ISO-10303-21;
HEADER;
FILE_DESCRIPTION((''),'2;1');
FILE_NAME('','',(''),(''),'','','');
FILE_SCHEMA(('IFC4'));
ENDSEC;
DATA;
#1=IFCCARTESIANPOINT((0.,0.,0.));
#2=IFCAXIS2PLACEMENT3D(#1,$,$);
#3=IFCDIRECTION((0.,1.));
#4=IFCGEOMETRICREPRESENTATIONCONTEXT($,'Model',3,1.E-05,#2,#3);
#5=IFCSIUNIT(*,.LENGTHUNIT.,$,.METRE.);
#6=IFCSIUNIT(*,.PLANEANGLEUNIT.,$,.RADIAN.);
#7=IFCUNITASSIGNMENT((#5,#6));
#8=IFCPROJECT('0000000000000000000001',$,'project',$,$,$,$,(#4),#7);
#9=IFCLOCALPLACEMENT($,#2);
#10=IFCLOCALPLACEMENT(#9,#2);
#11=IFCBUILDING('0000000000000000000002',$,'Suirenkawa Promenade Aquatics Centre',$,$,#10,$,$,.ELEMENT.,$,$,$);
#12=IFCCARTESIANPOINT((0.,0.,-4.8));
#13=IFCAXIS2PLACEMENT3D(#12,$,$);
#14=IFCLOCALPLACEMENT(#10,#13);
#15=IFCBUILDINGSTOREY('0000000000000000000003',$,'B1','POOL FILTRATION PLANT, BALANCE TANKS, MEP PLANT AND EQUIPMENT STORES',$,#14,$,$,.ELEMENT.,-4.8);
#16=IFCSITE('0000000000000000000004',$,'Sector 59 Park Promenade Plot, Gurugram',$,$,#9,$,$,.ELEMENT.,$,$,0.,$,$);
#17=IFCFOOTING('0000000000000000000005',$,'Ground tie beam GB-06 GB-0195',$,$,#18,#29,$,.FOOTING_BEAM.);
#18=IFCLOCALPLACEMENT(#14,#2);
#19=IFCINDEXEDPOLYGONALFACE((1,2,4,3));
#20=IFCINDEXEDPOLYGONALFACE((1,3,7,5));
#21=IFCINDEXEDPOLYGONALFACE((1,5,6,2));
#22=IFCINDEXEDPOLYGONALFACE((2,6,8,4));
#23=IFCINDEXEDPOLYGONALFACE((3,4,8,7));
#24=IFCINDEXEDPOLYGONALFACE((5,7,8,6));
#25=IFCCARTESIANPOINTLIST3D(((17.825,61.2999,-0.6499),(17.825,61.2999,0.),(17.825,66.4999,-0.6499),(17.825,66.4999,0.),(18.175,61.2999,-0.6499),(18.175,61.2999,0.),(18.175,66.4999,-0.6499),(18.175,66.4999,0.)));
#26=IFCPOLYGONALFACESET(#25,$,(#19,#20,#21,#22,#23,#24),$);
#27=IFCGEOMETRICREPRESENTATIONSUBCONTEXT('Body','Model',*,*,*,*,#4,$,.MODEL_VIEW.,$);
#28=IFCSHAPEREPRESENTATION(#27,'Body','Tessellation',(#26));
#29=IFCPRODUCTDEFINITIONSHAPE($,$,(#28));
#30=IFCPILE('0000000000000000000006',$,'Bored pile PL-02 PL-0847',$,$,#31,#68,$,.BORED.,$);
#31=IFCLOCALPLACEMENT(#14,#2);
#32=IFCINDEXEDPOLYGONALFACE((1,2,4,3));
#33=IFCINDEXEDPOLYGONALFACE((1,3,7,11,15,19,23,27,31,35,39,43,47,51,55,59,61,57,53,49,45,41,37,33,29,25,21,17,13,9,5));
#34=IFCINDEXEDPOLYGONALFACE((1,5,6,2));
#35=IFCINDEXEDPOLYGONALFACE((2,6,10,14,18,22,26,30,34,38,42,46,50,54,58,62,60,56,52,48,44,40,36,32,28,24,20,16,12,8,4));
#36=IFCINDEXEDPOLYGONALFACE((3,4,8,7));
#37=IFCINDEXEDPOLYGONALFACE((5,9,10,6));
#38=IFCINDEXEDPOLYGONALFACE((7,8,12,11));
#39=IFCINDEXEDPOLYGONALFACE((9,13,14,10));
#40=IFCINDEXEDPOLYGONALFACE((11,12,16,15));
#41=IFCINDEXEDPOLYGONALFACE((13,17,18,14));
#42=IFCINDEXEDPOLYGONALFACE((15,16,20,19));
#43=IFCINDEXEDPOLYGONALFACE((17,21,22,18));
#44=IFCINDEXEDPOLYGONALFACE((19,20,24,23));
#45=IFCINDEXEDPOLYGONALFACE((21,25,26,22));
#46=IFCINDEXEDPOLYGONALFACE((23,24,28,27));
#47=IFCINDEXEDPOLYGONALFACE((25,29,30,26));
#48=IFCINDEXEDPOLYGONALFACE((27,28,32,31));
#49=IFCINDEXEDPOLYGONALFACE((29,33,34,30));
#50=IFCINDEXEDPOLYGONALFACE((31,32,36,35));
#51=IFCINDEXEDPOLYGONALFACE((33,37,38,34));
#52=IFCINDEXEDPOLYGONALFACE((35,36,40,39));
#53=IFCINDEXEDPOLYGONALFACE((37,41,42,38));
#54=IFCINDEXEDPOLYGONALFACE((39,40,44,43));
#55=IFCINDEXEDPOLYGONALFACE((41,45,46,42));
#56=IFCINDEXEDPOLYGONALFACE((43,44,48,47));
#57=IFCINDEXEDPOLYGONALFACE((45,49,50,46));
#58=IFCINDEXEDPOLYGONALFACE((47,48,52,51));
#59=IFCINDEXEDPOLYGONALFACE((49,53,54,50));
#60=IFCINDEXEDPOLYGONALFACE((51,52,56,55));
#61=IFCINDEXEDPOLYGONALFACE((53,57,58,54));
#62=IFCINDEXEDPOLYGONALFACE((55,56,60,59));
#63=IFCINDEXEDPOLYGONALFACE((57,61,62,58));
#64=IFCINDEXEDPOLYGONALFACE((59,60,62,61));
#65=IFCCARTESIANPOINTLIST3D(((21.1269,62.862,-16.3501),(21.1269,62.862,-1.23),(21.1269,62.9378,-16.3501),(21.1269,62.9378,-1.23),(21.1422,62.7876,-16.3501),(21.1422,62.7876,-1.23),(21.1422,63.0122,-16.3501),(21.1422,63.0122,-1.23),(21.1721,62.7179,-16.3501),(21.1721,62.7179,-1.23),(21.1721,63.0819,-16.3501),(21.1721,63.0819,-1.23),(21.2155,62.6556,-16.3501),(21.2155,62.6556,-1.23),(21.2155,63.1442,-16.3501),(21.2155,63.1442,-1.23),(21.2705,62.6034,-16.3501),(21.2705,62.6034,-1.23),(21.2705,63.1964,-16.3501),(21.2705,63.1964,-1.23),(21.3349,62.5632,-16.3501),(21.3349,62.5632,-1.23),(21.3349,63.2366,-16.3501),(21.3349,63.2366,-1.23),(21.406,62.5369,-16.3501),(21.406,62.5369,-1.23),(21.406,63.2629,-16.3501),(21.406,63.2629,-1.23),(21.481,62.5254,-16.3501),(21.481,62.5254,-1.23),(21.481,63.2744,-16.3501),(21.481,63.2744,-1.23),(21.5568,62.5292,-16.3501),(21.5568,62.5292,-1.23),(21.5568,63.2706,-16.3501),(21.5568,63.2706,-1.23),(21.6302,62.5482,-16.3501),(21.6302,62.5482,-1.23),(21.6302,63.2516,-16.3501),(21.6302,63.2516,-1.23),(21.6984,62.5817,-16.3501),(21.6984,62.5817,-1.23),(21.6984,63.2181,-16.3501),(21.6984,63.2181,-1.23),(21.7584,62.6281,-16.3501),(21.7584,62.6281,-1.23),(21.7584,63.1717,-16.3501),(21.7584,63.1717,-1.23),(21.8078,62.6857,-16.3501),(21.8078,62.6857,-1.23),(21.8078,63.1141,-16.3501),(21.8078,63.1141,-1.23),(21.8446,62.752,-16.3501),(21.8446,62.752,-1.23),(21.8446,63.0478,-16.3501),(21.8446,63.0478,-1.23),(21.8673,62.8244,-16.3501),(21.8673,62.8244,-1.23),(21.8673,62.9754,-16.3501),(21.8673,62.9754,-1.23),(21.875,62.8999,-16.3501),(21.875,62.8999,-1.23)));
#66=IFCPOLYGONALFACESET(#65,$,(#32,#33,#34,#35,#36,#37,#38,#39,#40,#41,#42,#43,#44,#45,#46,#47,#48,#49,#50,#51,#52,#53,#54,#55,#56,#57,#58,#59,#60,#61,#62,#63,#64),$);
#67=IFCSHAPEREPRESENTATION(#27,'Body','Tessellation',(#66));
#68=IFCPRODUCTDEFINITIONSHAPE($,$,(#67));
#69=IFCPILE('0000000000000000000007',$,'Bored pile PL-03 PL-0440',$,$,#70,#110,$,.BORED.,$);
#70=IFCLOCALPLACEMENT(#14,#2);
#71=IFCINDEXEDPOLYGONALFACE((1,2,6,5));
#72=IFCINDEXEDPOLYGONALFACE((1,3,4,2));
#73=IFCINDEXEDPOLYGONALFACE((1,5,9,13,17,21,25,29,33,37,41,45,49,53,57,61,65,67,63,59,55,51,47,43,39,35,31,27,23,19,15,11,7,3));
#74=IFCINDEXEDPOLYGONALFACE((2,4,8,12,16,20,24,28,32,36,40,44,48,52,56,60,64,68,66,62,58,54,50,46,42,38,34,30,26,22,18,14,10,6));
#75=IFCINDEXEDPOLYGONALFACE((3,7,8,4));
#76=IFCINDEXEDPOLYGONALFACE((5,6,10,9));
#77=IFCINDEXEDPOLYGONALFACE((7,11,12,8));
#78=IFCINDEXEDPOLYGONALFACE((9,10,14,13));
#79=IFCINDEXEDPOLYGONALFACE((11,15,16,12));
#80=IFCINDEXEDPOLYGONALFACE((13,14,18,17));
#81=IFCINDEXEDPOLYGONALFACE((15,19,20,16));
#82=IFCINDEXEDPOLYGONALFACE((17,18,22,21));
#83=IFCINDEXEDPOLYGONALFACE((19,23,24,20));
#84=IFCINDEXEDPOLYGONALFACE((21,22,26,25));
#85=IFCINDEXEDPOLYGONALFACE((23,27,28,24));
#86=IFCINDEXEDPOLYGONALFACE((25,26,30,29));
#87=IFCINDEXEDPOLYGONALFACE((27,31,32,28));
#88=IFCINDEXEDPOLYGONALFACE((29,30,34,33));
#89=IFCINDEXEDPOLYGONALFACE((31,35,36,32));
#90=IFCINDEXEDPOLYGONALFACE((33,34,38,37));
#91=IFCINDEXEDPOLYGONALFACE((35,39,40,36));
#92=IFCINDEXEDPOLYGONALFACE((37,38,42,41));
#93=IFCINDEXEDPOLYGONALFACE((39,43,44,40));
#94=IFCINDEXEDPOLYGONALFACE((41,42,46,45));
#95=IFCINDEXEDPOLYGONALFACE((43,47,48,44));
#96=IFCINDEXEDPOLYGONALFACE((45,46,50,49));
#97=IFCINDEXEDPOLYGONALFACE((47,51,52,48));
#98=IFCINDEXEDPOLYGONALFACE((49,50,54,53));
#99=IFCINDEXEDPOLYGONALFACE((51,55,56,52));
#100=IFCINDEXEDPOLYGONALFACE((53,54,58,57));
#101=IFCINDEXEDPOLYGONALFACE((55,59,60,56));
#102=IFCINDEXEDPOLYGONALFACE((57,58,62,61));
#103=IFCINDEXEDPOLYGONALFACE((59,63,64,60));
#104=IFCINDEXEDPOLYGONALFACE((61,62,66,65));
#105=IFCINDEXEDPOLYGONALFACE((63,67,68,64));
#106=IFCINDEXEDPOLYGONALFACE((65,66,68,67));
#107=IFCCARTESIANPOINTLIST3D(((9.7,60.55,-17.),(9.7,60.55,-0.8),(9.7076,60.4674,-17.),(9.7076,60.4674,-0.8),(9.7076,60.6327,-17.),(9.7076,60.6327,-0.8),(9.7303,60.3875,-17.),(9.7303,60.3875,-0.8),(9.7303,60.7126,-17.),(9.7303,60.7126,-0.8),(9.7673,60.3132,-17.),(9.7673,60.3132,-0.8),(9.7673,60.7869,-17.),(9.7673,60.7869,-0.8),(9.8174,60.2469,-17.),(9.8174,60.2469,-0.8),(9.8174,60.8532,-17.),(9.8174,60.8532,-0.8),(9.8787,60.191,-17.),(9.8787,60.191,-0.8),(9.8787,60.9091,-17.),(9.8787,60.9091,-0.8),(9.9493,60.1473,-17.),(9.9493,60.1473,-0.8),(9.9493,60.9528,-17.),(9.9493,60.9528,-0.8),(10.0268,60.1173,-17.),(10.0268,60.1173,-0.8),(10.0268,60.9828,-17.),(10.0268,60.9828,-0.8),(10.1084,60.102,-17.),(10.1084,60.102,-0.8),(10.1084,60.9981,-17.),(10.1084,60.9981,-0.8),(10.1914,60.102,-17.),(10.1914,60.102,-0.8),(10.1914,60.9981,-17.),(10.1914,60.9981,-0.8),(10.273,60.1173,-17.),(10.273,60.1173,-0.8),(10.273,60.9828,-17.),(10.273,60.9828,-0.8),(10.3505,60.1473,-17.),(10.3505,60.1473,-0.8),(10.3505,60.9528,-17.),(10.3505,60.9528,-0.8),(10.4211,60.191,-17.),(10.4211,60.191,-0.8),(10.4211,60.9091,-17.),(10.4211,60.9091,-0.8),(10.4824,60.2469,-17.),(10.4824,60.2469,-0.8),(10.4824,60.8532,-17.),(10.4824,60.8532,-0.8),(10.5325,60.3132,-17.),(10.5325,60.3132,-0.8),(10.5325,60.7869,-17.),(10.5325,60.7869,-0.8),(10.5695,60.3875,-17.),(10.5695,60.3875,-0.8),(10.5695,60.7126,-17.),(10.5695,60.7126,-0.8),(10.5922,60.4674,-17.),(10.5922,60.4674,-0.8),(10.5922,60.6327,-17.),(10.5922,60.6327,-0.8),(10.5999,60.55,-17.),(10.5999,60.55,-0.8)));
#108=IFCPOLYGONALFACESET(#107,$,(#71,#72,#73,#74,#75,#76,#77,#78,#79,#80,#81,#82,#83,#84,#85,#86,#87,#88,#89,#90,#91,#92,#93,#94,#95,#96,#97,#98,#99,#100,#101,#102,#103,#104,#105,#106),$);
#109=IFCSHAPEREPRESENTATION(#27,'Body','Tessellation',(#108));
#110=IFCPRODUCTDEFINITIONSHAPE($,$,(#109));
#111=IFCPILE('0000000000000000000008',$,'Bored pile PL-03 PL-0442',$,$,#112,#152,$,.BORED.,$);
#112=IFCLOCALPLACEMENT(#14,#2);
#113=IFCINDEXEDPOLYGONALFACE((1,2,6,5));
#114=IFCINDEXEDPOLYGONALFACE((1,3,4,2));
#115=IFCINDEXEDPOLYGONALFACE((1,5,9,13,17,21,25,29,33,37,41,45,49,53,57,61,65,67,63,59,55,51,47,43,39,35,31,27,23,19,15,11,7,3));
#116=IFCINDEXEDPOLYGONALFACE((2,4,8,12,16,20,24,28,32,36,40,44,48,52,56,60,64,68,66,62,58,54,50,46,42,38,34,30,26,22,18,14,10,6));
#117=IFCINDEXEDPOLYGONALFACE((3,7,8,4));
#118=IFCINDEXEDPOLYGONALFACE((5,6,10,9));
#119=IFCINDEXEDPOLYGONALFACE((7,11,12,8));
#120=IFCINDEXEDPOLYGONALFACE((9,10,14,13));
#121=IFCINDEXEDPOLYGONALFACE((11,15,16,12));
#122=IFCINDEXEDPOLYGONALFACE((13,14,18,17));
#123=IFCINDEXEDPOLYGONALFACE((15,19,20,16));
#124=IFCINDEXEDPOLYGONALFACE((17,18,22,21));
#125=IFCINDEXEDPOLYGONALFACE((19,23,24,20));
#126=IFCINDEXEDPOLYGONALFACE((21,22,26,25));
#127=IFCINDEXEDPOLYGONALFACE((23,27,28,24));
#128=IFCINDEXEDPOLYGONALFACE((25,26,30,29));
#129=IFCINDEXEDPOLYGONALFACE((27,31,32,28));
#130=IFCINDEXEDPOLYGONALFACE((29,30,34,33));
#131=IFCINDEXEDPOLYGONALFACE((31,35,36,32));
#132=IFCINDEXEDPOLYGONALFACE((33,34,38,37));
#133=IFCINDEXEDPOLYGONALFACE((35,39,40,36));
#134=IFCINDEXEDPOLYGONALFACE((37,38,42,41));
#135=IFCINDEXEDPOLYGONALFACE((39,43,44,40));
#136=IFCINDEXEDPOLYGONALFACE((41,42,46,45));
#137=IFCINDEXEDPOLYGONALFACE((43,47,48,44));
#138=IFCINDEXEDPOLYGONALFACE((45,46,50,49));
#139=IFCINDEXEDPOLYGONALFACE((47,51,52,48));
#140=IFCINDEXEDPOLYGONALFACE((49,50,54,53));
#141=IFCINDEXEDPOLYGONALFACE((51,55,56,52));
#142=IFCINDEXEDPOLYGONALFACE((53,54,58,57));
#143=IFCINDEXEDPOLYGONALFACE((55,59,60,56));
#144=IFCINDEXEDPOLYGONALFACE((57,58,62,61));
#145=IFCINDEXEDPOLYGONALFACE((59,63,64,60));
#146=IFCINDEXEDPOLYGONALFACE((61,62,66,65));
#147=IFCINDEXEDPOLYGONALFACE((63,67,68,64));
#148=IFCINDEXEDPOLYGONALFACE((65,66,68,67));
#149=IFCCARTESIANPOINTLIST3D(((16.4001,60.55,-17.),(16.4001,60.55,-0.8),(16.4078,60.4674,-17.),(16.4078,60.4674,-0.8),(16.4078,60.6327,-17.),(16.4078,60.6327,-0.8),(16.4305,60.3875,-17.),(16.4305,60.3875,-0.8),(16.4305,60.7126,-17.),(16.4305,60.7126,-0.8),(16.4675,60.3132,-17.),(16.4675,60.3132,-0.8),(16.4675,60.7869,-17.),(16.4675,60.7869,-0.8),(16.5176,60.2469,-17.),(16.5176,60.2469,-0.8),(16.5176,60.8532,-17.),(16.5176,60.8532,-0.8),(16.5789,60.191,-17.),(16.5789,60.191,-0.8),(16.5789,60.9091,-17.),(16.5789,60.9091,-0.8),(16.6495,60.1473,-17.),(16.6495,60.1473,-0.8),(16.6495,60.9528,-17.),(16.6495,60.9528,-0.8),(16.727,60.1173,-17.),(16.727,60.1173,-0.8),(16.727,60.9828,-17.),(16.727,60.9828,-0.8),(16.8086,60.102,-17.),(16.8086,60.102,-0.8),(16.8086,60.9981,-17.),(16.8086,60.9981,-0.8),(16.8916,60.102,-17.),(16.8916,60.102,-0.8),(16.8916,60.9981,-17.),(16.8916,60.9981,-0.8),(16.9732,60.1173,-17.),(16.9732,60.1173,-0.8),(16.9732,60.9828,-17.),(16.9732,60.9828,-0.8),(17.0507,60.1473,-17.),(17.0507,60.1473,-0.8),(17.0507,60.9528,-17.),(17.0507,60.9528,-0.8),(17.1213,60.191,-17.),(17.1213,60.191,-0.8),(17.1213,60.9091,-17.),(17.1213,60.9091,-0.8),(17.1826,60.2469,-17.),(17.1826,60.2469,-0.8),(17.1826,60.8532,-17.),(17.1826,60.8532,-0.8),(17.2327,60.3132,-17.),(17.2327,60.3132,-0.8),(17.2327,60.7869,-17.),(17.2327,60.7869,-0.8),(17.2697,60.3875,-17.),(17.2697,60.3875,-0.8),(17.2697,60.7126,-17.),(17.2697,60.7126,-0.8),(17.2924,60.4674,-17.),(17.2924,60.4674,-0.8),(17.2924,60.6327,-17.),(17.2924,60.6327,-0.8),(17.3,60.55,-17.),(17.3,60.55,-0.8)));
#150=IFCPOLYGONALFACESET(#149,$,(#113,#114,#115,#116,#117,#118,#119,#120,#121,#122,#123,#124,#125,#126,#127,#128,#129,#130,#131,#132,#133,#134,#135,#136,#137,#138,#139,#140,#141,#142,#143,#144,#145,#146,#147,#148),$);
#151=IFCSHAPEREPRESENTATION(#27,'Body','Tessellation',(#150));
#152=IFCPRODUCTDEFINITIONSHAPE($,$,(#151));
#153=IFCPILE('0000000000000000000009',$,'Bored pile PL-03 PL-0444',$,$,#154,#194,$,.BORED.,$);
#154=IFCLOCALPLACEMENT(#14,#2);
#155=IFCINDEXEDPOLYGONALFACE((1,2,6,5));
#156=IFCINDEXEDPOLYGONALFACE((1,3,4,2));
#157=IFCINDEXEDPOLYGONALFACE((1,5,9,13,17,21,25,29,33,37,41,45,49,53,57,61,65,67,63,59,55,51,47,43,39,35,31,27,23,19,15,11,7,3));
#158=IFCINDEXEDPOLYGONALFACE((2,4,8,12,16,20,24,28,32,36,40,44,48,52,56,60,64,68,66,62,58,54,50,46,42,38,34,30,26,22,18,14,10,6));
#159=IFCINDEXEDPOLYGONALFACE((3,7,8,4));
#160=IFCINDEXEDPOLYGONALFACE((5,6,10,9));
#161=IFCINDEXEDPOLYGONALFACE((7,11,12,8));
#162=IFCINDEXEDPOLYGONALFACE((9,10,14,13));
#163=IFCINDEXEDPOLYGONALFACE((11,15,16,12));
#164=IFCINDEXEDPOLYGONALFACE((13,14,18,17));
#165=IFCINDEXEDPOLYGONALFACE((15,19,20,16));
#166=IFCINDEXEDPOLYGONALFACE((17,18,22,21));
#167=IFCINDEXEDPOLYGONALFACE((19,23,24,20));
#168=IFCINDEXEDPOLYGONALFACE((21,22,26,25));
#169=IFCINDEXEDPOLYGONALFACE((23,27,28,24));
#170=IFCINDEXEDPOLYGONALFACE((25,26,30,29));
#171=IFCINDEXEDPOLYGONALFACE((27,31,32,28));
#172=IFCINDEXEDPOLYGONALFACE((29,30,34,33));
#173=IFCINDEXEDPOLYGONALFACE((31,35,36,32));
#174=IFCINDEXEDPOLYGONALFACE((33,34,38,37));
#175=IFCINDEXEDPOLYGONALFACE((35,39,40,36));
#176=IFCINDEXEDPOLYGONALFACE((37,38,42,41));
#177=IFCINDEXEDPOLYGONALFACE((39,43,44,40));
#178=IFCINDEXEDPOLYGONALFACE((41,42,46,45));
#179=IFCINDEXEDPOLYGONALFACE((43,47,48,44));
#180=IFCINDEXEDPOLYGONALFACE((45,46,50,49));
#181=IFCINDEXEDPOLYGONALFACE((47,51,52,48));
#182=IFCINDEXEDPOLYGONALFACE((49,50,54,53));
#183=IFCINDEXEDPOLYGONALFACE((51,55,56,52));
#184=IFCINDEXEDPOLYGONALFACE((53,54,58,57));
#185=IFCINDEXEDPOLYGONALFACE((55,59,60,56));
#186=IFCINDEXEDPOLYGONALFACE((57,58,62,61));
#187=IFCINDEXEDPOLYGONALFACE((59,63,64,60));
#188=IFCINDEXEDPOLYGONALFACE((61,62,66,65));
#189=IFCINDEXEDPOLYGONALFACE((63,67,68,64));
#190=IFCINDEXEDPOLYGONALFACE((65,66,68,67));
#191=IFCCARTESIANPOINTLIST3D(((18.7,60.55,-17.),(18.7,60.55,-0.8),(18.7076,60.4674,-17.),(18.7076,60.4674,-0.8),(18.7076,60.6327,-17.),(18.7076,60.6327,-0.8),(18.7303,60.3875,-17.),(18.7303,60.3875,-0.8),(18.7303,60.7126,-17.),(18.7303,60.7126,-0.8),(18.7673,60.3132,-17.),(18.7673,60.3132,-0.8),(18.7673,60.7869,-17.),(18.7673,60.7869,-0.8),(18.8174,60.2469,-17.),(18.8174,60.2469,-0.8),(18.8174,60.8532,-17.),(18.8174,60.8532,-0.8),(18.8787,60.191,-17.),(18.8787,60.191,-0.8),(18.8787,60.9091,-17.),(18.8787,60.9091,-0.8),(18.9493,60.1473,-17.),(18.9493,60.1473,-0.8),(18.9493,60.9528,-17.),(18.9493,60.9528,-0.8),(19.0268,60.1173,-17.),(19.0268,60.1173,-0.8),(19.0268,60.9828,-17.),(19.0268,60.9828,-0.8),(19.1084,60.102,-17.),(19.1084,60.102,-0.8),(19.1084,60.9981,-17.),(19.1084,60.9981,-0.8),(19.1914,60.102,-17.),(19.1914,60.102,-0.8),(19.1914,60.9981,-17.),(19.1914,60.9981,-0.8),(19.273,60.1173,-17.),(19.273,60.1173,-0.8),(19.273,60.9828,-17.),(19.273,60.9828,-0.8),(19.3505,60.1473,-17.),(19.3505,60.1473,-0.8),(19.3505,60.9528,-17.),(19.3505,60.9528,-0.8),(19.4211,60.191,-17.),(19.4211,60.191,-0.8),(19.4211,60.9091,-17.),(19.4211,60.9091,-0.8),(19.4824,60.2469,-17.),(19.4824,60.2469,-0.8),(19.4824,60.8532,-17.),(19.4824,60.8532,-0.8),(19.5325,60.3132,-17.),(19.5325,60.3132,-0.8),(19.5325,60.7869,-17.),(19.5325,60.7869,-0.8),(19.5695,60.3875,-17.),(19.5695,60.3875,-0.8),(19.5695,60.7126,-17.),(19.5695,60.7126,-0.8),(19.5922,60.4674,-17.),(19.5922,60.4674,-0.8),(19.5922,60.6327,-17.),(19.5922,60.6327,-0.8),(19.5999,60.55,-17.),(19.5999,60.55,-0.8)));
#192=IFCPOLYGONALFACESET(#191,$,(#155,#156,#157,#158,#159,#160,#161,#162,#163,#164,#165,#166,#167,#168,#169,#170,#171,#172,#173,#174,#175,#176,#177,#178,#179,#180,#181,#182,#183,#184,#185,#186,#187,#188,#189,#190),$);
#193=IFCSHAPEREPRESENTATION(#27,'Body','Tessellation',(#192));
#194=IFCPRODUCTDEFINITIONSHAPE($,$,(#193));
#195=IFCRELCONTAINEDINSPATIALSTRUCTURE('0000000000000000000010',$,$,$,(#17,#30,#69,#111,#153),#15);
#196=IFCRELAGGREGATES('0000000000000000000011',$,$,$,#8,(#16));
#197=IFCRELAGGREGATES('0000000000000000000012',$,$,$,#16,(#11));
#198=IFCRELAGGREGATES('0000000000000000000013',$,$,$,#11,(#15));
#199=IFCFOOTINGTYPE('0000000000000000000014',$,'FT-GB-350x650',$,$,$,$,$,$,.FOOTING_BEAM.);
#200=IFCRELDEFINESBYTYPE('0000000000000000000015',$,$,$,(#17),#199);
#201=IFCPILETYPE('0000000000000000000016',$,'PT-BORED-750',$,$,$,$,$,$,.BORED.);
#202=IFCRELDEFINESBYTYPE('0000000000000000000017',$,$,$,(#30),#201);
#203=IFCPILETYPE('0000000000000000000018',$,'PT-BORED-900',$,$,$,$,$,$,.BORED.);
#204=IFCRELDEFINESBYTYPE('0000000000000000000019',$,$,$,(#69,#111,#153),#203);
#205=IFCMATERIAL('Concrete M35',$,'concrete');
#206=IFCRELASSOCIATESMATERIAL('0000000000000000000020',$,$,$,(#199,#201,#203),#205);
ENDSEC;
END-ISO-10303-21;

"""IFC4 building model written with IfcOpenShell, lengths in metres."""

from ifc_helpers import new_model, si_unit, direction, frame, origin, origin_2d, place, context, subcontext, project, spatial, rectangle, circle, extrude, material, material_profile, profile_set, type_object, element, save


model = new_model("IFC4")

# Units and contexts
model_context = context("Model", 3, precision=1e-05, world=origin(), true_north=direction((0.0, 1.0)))
body_context = subcontext(model_context, "Body", "Model", "MODEL_VIEW")
ifc_project = project(units=[si_unit("LENGTHUNIT", "METRE"), si_unit("PLANEANGLEUNIT", "RADIAN")], contexts=[model_context])

# Site, building, storey
site_placement = place(None, origin())
site = spatial("IfcSite", under=ifc_project, at=site_placement, Name="Sector 59 Park Promenade Plot, Gurugram", CompositionType="ELEMENT", RefElevation=0.0)
building_placement = place(site_placement, origin())
building = spatial("IfcBuilding", under=site, at=building_placement, Name="Suirenkawa Promenade Aquatics Centre", CompositionType="ELEMENT")
storey_placement = place(building_placement, frame((0.0, 0.0, -4.8)))
storey = spatial("IfcBuildingStorey", under=building, at=storey_placement, Name="B1", Description="POOL FILTRATION PLANT, BALANCE TANKS, MEP PLANT AND EQUIPMENT STORES", CompositionType="ELEMENT", Elevation=-4.8)

# Footing
ifc_material_1 = material(Name="Concrete M35", Category="concrete")
footing_type = type_object("IfcFootingType", Name="FT-GB-350x650", PredefinedType="FOOTING_BEAM", material=ifc_material_1)
footing_placement = place(storey_placement, frame((18.0, 63.8999, -0.6499), z_axis=(0.0, 0.0, 1.0), x_axis=(0.0, 1.0, 0.0)))
element("IfcFooting", 1, at=footing_placement, inside=storey, type_object=footing_type, Name="Ground tie beam GB-06 GB-0195", PredefinedType="FOOTING_BEAM", context=body_context, shape_type="SweptSolid", body=[
    extrude(rectangle(XDim=5.2, YDim=0.3501, at=origin_2d()), origin(), (0.0, 0.0, 1.0), 0.6499),
])

# Piles
ifc_material_profile_1 = material_profile(ifc_material_1, circle(Radius=0.375, at=origin_2d()), Name="PILE D750", Category="concrete")
ifc_profile_set_1 = profile_set([ifc_material_profile_1], Name="Concrete M35")
pile_type_1 = type_object("IfcPileType", Name="PT-BORED-750", PredefinedType="BORED", material=ifc_profile_set_1)
pile_placement = place(storey_placement, frame((21.5, 62.8999, -1.23), z_axis=(0.0, 0.0, -1.0), x_axis=(1.0, 0.0, 0.0)))
element("IfcPile", 2, at=pile_placement, inside=storey, type_object=pile_type_1, Name="Bored pile PL-02 PL-0847", PredefinedType="BORED", context=body_context, shape_type="SweptSolid", body=[
    extrude(circle(Radius=0.375, at=origin_2d()), origin(), (0.0, 0.0, 1.0), 15.1201),
])
ifc_material_profile_2 = material_profile(ifc_material_1, circle(Radius=0.45, at=origin_2d()), Name="PILE D900", Category="concrete")
ifc_profile_set_2 = profile_set([ifc_material_profile_2], Name="Concrete M35")
pile_type_2 = type_object("IfcPileType", Name="PT-BORED-900", PredefinedType="BORED", material=ifc_profile_set_2)
for number, where, z_axis, x_axis, name in (
    (3, (10.1499, 60.55, -0.8), (0.0, 0.0, -1.0), (1.0, 0.0, 0.0), "Bored pile PL-03 PL-0440"),
    (4, (16.8501, 60.55, -0.8), (0.0, 0.0, -1.0), (1.0, 0.0, 0.0), "Bored pile PL-03 PL-0442"),
    (5, (19.1499, 60.55, -0.8), (0.0, 0.0, -1.0), (1.0, 0.0, 0.0), "Bored pile PL-03 PL-0444"),
):
    element("IfcPile", number, at=place(storey_placement, frame(where, z_axis=z_axis, x_axis=x_axis)), inside=storey, type_object=pile_type_2, Name=name, PredefinedType="BORED", context=body_context, shape_type="SweptSolid", body=[
        extrude(circle(Radius=0.45, at=origin_2d()), origin(), (0.0, 0.0, 1.0), 16.2),
    ])

save(model, "model.ifc")
